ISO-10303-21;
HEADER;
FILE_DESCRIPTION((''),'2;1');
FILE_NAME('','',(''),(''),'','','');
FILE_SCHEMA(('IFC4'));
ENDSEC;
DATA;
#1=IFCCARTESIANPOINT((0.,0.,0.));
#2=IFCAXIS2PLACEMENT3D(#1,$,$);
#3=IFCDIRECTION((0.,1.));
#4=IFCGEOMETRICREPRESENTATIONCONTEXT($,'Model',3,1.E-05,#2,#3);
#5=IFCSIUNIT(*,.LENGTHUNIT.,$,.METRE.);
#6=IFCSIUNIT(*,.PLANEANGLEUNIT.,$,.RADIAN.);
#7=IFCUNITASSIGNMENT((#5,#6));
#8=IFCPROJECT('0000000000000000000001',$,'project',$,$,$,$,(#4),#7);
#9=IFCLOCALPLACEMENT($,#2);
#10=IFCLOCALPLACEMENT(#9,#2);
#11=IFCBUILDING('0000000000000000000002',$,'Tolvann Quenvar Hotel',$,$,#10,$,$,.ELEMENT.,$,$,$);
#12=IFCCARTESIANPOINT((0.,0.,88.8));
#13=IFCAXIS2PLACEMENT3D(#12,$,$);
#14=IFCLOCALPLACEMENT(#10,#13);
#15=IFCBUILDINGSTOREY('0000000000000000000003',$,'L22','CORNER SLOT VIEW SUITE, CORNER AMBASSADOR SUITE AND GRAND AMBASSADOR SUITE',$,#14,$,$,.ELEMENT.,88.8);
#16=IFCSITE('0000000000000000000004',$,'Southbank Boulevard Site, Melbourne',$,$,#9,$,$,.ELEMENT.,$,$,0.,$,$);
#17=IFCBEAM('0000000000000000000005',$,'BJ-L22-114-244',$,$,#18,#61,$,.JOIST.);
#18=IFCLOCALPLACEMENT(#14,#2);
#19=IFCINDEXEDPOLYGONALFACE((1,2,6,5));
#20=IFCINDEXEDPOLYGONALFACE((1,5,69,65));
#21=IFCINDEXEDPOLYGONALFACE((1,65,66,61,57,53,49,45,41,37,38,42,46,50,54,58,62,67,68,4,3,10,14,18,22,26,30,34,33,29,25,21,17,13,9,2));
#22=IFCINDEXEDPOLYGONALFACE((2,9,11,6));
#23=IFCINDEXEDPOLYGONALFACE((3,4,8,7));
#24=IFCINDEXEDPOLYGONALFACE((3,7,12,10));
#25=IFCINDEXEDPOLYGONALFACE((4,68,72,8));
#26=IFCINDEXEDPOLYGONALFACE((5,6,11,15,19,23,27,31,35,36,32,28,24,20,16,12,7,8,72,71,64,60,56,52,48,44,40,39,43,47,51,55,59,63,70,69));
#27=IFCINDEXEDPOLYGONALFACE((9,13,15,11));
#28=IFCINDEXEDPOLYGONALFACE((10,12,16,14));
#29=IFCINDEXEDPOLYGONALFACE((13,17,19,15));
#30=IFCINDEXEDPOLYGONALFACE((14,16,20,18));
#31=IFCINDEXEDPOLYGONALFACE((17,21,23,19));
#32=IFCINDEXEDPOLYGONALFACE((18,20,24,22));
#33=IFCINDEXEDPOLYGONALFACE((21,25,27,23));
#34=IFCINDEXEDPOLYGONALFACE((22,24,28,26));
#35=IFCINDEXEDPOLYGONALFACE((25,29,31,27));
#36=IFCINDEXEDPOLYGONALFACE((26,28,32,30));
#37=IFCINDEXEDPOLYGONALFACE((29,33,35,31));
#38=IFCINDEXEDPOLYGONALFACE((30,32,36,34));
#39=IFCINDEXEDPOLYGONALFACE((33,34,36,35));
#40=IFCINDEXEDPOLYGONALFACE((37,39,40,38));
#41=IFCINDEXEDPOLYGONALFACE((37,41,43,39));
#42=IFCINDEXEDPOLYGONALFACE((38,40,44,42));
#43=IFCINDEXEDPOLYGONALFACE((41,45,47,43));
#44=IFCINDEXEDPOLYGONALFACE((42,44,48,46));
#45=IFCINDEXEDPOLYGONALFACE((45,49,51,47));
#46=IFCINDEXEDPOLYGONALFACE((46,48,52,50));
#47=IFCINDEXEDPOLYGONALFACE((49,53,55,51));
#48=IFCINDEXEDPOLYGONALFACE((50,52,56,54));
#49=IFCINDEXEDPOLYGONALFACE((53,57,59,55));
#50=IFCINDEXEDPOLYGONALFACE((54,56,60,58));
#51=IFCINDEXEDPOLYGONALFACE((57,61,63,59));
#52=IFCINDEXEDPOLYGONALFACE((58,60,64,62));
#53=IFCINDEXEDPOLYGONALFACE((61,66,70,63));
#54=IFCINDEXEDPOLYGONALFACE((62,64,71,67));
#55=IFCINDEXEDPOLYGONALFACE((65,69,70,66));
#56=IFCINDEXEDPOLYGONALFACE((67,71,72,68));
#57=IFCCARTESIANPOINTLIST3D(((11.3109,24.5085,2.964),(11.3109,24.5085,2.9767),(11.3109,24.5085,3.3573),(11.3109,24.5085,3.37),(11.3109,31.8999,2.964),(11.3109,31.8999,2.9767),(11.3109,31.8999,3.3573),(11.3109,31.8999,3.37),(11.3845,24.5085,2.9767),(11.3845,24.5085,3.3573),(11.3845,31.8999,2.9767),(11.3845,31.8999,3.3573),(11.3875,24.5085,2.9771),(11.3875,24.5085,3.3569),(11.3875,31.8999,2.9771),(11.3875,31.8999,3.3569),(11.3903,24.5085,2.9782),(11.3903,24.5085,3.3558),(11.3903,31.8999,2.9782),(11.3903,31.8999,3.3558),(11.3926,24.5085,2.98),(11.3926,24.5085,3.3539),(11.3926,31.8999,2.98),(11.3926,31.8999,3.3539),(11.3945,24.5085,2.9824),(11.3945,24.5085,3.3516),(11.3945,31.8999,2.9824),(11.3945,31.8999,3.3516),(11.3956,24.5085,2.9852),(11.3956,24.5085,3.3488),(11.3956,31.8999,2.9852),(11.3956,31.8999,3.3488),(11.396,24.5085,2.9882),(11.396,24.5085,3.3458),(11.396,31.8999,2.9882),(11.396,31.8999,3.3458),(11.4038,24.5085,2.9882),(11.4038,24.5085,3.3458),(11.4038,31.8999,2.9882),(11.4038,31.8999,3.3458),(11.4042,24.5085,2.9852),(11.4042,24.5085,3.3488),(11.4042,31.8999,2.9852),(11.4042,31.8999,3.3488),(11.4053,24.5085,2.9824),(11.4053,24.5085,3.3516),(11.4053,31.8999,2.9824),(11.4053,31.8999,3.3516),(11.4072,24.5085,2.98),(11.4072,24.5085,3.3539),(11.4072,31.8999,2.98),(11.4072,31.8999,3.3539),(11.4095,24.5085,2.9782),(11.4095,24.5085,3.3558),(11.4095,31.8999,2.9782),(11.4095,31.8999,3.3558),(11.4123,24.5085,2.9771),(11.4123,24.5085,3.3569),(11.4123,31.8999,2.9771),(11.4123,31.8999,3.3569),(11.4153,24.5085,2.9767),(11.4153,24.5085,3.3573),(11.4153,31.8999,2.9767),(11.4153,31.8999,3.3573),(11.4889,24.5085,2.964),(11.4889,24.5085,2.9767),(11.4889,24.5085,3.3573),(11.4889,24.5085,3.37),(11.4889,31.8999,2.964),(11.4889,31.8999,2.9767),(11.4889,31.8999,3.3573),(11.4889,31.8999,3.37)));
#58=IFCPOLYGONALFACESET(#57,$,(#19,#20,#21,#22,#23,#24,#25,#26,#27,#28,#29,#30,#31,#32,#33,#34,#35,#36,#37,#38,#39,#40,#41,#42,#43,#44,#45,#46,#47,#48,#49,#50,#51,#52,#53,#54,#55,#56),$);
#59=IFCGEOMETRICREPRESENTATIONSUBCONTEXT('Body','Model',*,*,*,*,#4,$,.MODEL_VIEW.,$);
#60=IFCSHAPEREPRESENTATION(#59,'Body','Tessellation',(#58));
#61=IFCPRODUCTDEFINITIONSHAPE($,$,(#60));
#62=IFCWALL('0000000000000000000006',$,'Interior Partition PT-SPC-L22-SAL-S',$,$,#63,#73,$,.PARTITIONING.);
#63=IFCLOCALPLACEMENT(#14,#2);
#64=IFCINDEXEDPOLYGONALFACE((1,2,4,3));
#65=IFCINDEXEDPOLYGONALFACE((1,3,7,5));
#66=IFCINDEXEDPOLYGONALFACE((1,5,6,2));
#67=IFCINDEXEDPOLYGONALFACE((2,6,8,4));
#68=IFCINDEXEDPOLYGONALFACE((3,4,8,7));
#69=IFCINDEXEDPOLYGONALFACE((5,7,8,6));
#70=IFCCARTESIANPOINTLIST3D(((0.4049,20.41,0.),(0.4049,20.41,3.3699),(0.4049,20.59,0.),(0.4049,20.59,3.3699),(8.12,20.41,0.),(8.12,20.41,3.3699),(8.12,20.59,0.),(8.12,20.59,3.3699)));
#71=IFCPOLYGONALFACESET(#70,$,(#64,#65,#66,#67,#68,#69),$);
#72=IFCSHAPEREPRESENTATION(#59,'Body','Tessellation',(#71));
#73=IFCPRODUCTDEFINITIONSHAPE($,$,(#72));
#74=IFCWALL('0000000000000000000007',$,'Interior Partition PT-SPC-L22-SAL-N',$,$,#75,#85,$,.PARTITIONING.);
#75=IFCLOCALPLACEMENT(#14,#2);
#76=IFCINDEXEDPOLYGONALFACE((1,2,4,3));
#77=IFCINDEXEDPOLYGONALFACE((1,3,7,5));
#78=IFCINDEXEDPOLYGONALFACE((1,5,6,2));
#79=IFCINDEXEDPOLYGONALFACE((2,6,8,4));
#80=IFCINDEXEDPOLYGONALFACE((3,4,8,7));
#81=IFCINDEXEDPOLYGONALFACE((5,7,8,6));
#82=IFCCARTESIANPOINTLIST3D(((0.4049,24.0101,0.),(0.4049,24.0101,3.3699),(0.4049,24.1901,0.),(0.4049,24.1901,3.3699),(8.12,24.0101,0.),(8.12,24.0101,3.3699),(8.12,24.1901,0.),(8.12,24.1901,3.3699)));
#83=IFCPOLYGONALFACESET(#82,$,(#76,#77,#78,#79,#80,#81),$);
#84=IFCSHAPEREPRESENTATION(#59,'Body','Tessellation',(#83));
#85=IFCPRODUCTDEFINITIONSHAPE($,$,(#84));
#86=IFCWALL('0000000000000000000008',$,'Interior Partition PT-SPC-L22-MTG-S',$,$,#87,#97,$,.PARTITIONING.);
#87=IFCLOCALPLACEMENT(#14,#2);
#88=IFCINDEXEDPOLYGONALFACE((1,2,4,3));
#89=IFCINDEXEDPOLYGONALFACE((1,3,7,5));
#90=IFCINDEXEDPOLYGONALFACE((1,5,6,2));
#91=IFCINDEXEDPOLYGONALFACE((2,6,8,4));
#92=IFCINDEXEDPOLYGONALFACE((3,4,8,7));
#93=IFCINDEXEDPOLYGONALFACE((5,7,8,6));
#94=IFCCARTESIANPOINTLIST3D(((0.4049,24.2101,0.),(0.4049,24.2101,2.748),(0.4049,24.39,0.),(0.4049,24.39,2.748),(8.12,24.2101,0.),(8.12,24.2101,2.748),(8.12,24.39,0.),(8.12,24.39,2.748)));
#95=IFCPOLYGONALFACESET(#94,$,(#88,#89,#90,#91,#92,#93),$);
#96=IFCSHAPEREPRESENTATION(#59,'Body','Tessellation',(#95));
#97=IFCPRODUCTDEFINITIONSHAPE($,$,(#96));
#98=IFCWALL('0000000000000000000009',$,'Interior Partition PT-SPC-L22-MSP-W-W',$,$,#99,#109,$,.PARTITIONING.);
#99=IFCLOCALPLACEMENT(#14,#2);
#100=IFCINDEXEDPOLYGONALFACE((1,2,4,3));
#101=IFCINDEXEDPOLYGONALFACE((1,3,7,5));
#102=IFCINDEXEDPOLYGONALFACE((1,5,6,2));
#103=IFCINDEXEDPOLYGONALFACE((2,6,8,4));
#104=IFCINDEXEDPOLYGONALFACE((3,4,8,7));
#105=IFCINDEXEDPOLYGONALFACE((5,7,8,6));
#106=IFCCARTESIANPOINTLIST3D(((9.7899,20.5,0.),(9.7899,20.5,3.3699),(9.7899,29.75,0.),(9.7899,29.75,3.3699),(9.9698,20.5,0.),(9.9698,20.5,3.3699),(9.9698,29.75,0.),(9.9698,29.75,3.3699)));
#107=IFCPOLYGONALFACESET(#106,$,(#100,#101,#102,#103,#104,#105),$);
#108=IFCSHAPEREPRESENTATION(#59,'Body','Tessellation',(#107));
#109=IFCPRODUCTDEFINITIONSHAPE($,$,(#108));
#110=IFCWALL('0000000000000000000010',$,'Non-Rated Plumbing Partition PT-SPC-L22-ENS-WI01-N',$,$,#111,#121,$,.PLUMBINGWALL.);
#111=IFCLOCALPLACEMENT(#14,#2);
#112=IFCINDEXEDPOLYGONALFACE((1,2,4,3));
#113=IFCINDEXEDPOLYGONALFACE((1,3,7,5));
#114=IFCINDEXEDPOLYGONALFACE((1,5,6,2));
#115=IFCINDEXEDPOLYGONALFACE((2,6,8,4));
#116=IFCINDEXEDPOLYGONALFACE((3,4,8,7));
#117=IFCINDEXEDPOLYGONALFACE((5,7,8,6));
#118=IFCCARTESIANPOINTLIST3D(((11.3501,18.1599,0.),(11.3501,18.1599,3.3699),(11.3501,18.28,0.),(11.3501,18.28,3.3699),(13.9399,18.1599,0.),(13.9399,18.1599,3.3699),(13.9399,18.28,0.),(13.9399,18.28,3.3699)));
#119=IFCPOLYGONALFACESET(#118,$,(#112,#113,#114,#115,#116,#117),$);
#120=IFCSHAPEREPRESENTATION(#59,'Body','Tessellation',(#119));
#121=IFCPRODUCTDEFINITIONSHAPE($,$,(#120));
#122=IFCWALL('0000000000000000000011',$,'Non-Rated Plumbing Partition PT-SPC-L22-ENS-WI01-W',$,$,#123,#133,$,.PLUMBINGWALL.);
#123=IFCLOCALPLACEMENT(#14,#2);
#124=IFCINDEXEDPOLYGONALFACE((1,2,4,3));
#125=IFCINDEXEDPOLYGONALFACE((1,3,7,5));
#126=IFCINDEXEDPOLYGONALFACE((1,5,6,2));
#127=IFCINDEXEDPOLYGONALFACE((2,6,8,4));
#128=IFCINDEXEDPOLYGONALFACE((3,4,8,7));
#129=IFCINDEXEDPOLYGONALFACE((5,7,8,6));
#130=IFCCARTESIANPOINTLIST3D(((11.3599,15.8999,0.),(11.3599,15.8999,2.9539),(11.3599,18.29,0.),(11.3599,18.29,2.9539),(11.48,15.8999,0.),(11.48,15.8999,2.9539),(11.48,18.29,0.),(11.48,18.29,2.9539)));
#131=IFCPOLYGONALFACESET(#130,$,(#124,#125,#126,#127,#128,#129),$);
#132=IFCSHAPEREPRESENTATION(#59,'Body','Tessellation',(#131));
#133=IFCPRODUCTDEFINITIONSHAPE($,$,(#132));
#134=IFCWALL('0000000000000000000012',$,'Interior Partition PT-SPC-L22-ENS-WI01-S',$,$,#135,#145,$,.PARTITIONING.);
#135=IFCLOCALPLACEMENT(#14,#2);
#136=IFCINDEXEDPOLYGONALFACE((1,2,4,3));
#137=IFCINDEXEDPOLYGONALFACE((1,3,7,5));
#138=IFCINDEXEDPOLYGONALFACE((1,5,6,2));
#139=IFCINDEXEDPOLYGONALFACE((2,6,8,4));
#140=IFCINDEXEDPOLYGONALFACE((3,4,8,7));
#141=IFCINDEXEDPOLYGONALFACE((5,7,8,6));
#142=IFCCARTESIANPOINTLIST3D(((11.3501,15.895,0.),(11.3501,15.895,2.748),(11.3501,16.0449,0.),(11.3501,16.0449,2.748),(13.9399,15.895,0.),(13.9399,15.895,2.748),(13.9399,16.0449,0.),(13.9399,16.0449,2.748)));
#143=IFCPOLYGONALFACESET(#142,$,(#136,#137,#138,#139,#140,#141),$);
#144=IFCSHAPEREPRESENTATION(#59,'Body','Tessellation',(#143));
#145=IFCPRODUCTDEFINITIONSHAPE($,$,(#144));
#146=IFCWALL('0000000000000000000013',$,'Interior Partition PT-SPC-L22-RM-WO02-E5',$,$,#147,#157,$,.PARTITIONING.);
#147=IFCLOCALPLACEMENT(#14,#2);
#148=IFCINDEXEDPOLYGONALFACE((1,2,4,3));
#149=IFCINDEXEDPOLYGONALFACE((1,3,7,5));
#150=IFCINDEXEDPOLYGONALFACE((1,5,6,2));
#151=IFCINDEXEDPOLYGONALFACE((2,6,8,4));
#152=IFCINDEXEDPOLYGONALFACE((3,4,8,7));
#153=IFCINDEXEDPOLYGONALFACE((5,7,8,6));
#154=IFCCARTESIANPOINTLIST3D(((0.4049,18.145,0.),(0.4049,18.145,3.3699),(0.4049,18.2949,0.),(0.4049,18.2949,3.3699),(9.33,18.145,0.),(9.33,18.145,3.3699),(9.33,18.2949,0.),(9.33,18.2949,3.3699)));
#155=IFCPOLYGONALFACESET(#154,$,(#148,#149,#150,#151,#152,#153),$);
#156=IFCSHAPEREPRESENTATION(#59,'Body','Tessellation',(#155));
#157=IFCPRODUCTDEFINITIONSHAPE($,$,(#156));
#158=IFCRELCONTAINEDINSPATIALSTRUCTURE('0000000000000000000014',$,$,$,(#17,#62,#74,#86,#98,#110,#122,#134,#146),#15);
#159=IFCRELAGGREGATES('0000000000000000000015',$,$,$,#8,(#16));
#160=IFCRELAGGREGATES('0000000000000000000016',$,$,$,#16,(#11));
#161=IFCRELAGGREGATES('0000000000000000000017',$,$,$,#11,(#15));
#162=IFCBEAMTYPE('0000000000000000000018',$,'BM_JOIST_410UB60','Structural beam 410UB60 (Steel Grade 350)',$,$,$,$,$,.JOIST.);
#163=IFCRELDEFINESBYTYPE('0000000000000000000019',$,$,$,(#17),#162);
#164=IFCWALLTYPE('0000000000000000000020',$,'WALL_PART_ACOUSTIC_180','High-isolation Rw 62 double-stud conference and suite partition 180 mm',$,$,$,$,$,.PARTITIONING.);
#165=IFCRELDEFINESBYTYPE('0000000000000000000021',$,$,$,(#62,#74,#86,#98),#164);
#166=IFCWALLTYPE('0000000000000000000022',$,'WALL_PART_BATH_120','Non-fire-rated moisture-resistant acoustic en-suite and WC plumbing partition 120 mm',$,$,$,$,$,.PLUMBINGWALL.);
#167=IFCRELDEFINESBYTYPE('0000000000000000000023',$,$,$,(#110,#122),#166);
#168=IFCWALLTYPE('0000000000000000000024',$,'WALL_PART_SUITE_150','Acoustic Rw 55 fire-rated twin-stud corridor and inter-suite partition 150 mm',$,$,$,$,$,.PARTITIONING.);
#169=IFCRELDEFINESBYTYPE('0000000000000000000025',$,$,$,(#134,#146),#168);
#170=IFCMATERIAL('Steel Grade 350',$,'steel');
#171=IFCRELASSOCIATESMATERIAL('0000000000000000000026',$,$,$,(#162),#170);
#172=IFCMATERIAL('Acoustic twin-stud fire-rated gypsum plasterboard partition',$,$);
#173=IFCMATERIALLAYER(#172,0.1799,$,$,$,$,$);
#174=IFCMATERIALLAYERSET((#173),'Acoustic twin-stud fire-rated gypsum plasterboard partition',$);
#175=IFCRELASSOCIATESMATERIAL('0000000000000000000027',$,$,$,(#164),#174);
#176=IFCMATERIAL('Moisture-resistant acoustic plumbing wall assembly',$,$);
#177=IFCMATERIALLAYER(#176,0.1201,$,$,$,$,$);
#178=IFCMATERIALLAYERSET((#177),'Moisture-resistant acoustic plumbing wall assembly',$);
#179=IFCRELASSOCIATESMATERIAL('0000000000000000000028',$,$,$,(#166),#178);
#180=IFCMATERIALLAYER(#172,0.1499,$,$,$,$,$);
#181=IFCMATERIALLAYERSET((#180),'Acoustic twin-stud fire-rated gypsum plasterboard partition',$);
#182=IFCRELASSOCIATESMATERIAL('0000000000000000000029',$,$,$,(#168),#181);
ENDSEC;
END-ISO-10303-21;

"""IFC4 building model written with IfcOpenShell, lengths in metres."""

from ifc_helpers import new_model, si_unit, direction, frame, frame_2d, origin, origin_2d, place, context, subcontext, project, spatial, rectangle, i_section, extrude, source, transform, mapped, material, layer, layer_set, material_profile, profile_set, type_object, element, save


model = new_model("IFC4")

# Units and contexts
model_context = context("Model", 3, precision=1e-05, world=origin(), true_north=direction((0.0, 1.0)))
body_context = subcontext(model_context, "Body", "Model", "MODEL_VIEW")
ifc_project = project(units=[si_unit("LENGTHUNIT", "METRE"), si_unit("PLANEANGLEUNIT", "RADIAN")], contexts=[model_context])

# Site, building, storey
site_placement = place(None, origin())
site = spatial("IfcSite", under=ifc_project, at=site_placement, Name="Southbank Boulevard Site, Melbourne", CompositionType="ELEMENT", RefElevation=0.0)
building_placement = place(site_placement, origin())
building = spatial("IfcBuilding", under=site, at=building_placement, Name="Tolvann Quenvar Hotel", CompositionType="ELEMENT")
storey_placement = place(building_placement, frame((0.0, 0.0, 88.8)))
storey = spatial("IfcBuildingStorey", under=building, at=storey_placement, Name="L22", Description="CORNER SLOT VIEW SUITE, CORNER AMBASSADOR SUITE AND GRAND AMBASSADOR SUITE", CompositionType="ELEMENT", Elevation=88.8)

# Shared definitions
ifc_material_1 = material(Name="Steel Grade 350", Category="steel")

# Beam
ifc_material_profile_1 = material_profile(ifc_material_1, i_section(OverallWidth=0.178, OverallDepth=0.406, WebThickness=0.0078, FlangeThickness=0.0127, FilletRadius=0.0115, at=origin_2d()), Name="410UB60")
ifc_profile_set_1 = profile_set([ifc_material_profile_1], Name="Steel Grade 350")
beam_type_1 = type_object("IfcBeamType", Name="BM_JOIST_410UB60", Description="Structural beam 410UB60 (Steel Grade 350)", PredefinedType="JOIST", material=ifc_profile_set_1)
shared_shape_1 = source(origin(), body_context, "Body", "SweptSolid", [
    extrude(i_section(OverallWidth=0.178, OverallDepth=0.406, WebThickness=0.0078, FlangeThickness=0.0127, FilletRadius=0.0115, at=origin_2d()), origin(), (0.0, 0.0, 1.0), 7.3914),
])
beam_1_placement = place(storey_placement, frame((11.3999, 24.5085, 3.167), z_axis=(0.0, 1.0, 0.0), x_axis=(-1.0, 0.0, 0.0)))
element("IfcBeam", 1, at=beam_1_placement, inside=storey, type_object=beam_type_1, Name="BJ-L22-114-244", PredefinedType="JOIST", context=body_context, shape_type="MappedRepresentation", body=[
    mapped(shared_shape_1, transform((0.0, 0.0, 0.0), x_axis=(1.0, 0.0, 0.0), y_axis=(0.0, 1.0, 0.0), z_axis=(0.0, 0.0, 1.0), scale=1.0)),
])

# Walls
ifc_material_2 = material(Name="Acoustic twin-stud fire-rated gypsum plasterboard partition")
ifc_layer_1 = layer(ifc_material_2, 0.1799)
ifc_layer_set_1 = layer_set([ifc_layer_1], Name="Acoustic twin-stud fire-rated gypsum plasterboard partition")
wall_type_1 = type_object("IfcWallType", Name="WALL_PART_ACOUSTIC_180", Description="High-isolation Rw 62 double-stud conference and suite partition 180 mm", PredefinedType="PARTITIONING", material=ifc_layer_set_1)
for number, where, z_axis, x_axis, name in (
    (2, (0.405, 20.5, 0.0), (0.0, 0.0, 1.0), (1.0, 0.0, 0.0), "Interior Partition PT-SPC-L22-SAL-S"),
    (3, (0.405, 24.1001, 0.0), (0.0, 0.0, 1.0), (1.0, 0.0, 0.0), "Interior Partition PT-SPC-L22-SAL-N"),
):
    element("IfcWall", number, at=place(storey_placement, frame(where, z_axis=z_axis, x_axis=x_axis)), inside=storey, type_object=wall_type_1, Name=name, PredefinedType="PARTITIONING", context=body_context, shape_type="SweptSolid", body=[
        extrude(rectangle(XDim=7.7151, YDim=0.1799, at=frame_2d((3.8574, 0.0))), origin(), (0.0, 0.0, 1.0), 3.3699),
    ])

# Wall
wall_1_placement = place(storey_placement, frame((0.405, 24.3, 0.0), z_axis=(0.0, 0.0, 1.0), x_axis=(1.0, 0.0, 0.0)))
element("IfcWall", 4, at=wall_1_placement, inside=storey, type_object=wall_type_1, Name="Interior Partition PT-SPC-L22-MTG-S", PredefinedType="PARTITIONING", context=body_context, shape_type="SweptSolid", body=[
    extrude(rectangle(XDim=7.7151, YDim=0.1799, at=frame_2d((3.8574, 0.0))), origin(), (0.0, 0.0, 1.0), 2.748),
])

# Walls
wall_2_placement = place(storey_placement, frame((9.8799, 20.5, 0.0), z_axis=(0.0, 0.0, 1.0), x_axis=(0.0, 1.0, 0.0)))
element("IfcWall", 5, at=wall_2_placement, inside=storey, type_object=wall_type_1, Name="Interior Partition PT-SPC-L22-MSP-W-W", PredefinedType="PARTITIONING", context=body_context, shape_type="SweptSolid", body=[
    extrude(rectangle(XDim=9.25, YDim=0.1799, at=frame_2d((4.625, 0.0))), origin(), (0.0, 0.0, 1.0), 3.3699),
])
ifc_material_3 = material(Name="Moisture-resistant acoustic plumbing wall assembly")
ifc_layer_2 = layer(ifc_material_3, 0.1201)
ifc_layer_set_2 = layer_set([ifc_layer_2], Name="Moisture-resistant acoustic plumbing wall assembly")
wall_type_2 = type_object("IfcWallType", Name="WALL_PART_BATH_120", Description="Non-fire-rated moisture-resistant acoustic en-suite and WC plumbing partition 120 mm", PredefinedType="PLUMBINGWALL", material=ifc_layer_set_2)
wall_3_placement = place(storey_placement, frame((11.3501, 18.22, 0.0), z_axis=(0.0, 0.0, 1.0), x_axis=(1.0, 0.0, 0.0)))
element("IfcWall", 6, at=wall_3_placement, inside=storey, type_object=wall_type_2, Name="Non-Rated Plumbing Partition PT-SPC-L22-ENS-WI01-N", PredefinedType="PLUMBINGWALL", context=body_context, shape_type="SweptSolid", body=[
    extrude(rectangle(XDim=2.5898, YDim=0.1201, at=frame_2d((1.2949, 0.0))), origin(), (0.0, 0.0, 1.0), 3.3699),
])
wall_4_placement = place(storey_placement, frame((11.4199, 15.8999, 0.0), z_axis=(0.0, 0.0, 1.0), x_axis=(0.0, 1.0, 0.0)))
element("IfcWall", 7, at=wall_4_placement, inside=storey, type_object=wall_type_2, Name="Non-Rated Plumbing Partition PT-SPC-L22-ENS-WI01-W", PredefinedType="PLUMBINGWALL", context=body_context, shape_type="SweptSolid", body=[
    extrude(rectangle(XDim=2.3901, YDim=0.1201, at=frame_2d((1.1951, 0.0))), origin(), (0.0, 0.0, 1.0), 2.9539),
])
ifc_layer_3 = layer(ifc_material_2, 0.1499)
ifc_layer_set_3 = layer_set([ifc_layer_3], Name="Acoustic twin-stud fire-rated gypsum plasterboard partition")
wall_type_3 = type_object("IfcWallType", Name="WALL_PART_SUITE_150", Description="Acoustic Rw 55 fire-rated twin-stud corridor and inter-suite partition 150 mm", PredefinedType="PARTITIONING", material=ifc_layer_set_3)
wall_5_placement = place(storey_placement, frame((11.3501, 15.97, 0.0), z_axis=(0.0, 0.0, 1.0), x_axis=(1.0, 0.0, 0.0)))
element("IfcWall", 8, at=wall_5_placement, inside=storey, type_object=wall_type_3, Name="Interior Partition PT-SPC-L22-ENS-WI01-S", PredefinedType="PARTITIONING", context=body_context, shape_type="SweptSolid", body=[
    extrude(rectangle(XDim=2.5898, YDim=0.1499, at=frame_2d((1.2949, 0.0))), origin(), (0.0, 0.0, 1.0), 2.748),
])
wall_6_placement = place(storey_placement, frame((0.405, 18.22, 0.0), z_axis=(0.0, 0.0, 1.0), x_axis=(1.0, 0.0, 0.0)))
element("IfcWall", 9, at=wall_6_placement, inside=storey, type_object=wall_type_3, Name="Interior Partition PT-SPC-L22-RM-WO02-E5", PredefinedType="PARTITIONING", context=body_context, shape_type="SweptSolid", body=[
    extrude(rectangle(XDim=8.925, YDim=0.1499, at=frame_2d((4.4624, 0.0))), origin(), (0.0, 0.0, 1.0), 3.3699),
])

save(model, "model.ifc")
